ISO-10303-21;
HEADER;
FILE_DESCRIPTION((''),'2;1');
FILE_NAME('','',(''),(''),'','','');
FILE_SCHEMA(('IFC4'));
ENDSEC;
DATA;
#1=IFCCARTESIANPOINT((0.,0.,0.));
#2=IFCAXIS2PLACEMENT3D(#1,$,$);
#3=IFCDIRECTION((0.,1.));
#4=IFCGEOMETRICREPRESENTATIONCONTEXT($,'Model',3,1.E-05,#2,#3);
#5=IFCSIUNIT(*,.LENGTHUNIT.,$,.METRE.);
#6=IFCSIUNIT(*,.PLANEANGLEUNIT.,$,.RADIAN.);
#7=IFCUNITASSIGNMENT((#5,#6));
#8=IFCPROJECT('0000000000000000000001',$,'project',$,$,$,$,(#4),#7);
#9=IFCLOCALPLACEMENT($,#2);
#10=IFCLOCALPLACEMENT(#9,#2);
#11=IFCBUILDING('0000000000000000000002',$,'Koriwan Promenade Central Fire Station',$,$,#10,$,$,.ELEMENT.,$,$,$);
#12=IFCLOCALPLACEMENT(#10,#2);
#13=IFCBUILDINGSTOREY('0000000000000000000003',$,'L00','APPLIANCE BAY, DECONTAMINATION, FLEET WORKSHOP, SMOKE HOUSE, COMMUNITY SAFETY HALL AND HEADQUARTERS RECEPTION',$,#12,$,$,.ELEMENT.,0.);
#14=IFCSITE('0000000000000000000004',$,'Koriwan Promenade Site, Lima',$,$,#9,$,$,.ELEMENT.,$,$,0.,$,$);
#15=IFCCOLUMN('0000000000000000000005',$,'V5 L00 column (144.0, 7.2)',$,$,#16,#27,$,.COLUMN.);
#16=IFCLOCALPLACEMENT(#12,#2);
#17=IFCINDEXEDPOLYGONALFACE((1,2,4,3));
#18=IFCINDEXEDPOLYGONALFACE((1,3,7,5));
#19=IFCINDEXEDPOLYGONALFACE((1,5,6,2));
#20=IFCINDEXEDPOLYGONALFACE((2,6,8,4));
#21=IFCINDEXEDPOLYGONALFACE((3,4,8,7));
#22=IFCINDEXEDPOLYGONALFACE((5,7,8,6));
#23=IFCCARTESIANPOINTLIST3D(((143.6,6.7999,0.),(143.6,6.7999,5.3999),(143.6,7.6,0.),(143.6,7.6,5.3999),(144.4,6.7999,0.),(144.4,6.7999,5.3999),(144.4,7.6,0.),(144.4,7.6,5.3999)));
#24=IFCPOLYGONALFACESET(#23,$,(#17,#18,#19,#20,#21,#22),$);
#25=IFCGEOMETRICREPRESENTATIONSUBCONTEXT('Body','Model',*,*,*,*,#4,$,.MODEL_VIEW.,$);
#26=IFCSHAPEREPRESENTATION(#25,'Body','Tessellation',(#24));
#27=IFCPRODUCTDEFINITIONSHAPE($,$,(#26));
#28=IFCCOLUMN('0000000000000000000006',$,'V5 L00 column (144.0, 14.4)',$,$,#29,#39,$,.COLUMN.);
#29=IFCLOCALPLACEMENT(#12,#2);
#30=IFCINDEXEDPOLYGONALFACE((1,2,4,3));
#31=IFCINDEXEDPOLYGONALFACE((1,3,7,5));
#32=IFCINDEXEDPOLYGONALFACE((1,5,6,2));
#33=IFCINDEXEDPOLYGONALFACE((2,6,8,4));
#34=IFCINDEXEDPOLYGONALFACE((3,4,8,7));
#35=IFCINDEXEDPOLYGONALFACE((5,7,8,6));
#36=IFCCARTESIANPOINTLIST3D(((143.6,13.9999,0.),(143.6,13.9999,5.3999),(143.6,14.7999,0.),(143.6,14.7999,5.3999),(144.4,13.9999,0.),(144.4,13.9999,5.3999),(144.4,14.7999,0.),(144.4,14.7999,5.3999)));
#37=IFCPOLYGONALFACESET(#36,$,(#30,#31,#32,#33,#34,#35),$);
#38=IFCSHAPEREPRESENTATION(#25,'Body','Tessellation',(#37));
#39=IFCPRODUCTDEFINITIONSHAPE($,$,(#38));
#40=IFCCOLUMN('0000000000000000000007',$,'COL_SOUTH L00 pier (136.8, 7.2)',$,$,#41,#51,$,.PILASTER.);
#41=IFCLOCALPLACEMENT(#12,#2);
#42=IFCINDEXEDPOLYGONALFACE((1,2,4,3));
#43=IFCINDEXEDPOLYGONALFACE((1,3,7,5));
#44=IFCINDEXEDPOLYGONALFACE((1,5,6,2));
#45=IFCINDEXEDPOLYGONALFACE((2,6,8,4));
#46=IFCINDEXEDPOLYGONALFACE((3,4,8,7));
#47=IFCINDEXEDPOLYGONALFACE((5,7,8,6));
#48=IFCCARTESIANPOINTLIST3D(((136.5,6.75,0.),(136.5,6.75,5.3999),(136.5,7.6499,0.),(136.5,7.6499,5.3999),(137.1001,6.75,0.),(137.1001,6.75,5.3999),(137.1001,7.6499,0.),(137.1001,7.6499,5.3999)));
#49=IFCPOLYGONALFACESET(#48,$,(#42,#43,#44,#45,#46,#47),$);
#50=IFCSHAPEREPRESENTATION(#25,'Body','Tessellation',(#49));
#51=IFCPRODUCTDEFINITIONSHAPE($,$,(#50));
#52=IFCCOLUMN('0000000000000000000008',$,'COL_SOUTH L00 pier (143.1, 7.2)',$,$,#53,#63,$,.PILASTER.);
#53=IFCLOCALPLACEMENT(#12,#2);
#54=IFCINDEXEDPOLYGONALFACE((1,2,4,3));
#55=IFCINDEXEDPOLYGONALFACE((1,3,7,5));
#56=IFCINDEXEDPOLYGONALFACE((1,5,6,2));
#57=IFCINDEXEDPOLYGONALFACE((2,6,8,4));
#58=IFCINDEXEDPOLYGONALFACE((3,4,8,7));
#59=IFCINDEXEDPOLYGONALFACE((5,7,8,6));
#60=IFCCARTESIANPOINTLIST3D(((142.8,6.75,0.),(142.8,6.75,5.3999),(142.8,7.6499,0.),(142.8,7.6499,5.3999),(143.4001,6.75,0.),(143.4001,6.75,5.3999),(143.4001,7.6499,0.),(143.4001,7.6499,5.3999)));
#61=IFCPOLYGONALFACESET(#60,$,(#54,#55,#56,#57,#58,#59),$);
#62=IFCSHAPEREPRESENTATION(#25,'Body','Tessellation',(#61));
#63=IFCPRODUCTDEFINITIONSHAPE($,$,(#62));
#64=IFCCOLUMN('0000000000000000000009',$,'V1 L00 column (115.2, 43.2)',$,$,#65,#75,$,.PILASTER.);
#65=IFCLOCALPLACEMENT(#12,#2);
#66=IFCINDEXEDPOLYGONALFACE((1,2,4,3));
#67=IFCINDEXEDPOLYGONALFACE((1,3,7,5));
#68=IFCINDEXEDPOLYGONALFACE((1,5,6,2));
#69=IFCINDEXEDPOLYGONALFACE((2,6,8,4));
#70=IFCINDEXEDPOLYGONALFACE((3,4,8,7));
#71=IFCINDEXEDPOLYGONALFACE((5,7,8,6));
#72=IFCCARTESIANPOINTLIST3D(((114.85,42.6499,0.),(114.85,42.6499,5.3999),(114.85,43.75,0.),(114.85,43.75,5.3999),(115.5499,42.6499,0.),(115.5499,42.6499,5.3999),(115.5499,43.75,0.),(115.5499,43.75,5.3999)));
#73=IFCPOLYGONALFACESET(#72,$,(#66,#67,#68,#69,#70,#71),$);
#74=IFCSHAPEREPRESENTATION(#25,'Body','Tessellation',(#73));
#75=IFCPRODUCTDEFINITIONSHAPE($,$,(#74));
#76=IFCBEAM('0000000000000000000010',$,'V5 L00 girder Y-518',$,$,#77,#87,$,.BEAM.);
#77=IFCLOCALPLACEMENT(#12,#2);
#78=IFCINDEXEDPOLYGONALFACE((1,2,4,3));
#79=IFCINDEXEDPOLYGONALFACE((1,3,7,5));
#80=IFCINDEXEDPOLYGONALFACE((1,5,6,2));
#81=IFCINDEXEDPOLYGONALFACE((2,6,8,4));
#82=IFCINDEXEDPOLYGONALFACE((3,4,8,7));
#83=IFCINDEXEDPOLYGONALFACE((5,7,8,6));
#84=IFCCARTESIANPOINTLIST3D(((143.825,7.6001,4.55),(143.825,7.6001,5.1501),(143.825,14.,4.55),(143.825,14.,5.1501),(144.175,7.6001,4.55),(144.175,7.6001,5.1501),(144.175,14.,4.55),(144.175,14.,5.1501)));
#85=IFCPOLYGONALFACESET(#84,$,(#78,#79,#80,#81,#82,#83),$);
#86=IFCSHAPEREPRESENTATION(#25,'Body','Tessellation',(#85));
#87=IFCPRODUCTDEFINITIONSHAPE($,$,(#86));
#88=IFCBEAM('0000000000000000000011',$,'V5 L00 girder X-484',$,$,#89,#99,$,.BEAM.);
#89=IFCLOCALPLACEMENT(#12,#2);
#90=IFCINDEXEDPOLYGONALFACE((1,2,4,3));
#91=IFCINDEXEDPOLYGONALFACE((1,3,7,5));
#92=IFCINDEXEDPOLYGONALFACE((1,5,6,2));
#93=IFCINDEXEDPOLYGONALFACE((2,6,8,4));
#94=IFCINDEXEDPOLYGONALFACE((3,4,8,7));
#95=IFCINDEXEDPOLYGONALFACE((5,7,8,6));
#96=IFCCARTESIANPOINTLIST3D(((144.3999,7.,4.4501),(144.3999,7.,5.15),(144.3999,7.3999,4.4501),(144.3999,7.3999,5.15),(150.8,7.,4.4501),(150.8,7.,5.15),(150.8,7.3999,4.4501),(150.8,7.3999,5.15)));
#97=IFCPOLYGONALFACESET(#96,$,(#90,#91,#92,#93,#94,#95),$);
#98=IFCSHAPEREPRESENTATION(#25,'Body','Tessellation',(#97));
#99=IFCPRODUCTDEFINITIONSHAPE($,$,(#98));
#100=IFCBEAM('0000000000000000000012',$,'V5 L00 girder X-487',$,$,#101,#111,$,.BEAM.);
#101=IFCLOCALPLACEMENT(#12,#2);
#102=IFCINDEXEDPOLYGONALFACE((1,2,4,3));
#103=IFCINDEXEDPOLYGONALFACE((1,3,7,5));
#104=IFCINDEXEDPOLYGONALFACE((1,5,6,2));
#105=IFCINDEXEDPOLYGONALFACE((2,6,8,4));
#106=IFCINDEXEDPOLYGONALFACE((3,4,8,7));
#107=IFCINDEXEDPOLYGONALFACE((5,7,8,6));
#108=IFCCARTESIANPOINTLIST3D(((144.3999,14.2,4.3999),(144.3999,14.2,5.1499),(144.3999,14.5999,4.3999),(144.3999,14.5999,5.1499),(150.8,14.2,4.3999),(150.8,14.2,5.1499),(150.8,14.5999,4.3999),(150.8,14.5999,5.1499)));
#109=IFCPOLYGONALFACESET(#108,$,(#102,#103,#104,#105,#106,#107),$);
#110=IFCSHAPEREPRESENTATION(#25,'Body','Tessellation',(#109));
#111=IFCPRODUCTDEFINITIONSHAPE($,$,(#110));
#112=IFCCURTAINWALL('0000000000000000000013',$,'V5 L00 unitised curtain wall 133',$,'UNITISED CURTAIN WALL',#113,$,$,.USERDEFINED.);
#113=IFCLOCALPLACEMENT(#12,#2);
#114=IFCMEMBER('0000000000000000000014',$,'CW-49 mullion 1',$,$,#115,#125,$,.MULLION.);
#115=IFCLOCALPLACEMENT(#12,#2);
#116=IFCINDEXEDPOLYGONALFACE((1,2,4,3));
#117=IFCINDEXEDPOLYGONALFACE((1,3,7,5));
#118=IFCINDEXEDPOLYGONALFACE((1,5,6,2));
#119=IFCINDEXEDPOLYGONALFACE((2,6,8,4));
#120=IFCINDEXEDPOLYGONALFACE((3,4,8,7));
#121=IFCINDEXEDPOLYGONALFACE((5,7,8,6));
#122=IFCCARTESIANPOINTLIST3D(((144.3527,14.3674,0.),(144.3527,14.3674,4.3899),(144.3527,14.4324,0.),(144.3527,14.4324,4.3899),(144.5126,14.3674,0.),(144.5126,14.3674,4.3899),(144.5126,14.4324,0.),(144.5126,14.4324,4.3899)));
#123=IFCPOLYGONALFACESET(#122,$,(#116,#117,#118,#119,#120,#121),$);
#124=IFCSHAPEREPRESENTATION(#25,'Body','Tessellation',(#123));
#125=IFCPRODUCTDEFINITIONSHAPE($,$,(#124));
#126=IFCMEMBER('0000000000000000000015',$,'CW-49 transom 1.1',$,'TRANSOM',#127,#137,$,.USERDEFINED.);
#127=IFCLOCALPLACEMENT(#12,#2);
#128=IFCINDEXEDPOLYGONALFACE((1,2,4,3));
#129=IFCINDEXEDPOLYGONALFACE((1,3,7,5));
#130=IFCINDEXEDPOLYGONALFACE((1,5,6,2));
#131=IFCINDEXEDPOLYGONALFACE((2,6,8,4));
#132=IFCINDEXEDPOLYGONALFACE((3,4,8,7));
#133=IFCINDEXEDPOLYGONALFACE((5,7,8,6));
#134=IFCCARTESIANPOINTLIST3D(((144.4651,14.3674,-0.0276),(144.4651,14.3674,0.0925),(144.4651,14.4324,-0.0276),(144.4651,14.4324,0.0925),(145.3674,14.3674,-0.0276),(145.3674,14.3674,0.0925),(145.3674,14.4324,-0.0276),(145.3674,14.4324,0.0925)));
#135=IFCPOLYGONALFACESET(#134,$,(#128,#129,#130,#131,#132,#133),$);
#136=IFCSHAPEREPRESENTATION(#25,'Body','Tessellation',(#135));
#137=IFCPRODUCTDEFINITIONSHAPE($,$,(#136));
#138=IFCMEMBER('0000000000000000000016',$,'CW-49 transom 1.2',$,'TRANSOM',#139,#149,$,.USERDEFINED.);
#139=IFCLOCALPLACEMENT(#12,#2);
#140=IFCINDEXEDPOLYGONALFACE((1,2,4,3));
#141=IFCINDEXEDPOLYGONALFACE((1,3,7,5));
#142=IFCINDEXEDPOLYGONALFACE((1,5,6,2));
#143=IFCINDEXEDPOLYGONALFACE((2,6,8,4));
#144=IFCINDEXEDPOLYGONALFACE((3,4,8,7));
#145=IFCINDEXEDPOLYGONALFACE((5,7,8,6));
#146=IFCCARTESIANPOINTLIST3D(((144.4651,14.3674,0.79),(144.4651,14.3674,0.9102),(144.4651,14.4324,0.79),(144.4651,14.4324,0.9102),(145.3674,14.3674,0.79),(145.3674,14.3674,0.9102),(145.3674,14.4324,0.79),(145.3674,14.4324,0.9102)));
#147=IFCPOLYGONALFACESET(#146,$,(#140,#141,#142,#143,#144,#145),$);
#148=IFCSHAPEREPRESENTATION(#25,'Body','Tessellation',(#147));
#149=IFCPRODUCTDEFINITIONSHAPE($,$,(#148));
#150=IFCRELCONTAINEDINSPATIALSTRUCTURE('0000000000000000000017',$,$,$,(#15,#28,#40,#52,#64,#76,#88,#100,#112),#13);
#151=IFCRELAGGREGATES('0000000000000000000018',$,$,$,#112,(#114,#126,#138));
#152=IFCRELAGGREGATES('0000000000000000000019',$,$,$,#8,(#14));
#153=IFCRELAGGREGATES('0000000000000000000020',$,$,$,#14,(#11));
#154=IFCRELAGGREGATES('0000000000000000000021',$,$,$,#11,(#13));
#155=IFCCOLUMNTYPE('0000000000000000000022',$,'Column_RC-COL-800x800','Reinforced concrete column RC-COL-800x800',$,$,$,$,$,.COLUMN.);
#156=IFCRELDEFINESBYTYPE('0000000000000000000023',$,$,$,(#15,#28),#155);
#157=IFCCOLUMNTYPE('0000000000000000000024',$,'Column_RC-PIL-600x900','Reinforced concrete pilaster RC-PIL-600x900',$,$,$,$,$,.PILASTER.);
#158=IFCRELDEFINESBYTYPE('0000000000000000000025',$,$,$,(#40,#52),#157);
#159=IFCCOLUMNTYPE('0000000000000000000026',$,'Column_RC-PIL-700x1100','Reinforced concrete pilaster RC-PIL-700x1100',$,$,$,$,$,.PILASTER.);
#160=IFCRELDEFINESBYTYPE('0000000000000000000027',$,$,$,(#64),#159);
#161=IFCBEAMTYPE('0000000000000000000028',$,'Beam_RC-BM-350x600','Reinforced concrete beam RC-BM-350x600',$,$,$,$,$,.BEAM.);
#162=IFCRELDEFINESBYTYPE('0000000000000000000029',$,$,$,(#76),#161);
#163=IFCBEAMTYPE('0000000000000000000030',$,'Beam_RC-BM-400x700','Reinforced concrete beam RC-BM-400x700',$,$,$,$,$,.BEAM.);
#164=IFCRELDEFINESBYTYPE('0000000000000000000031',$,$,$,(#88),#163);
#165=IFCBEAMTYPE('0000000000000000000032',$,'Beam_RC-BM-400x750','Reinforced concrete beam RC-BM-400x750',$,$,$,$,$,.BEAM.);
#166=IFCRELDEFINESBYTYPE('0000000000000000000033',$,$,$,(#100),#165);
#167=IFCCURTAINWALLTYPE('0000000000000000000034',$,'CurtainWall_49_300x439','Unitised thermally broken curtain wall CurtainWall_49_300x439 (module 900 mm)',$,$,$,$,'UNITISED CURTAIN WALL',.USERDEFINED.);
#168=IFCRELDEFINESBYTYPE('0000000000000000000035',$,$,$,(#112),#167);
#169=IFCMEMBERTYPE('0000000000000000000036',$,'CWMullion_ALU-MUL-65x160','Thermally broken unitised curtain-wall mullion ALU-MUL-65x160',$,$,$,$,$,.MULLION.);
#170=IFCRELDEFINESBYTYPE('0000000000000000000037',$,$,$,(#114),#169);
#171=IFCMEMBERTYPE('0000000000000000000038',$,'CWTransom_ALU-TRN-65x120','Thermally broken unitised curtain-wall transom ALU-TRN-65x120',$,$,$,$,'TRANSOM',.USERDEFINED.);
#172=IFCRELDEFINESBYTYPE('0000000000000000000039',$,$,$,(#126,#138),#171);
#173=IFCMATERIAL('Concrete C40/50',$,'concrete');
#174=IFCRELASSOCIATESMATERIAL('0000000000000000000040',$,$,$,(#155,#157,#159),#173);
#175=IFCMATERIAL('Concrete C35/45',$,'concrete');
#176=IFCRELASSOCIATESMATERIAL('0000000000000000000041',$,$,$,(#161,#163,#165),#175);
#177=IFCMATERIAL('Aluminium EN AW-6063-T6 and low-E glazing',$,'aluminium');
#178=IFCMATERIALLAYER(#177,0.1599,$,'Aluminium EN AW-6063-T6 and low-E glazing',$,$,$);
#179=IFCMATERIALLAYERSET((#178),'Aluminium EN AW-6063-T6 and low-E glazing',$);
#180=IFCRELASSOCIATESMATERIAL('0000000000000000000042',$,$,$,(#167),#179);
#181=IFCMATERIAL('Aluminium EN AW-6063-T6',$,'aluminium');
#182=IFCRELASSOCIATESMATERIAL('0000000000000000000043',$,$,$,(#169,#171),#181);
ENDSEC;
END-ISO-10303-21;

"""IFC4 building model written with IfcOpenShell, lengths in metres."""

from ifc_helpers import new_model, si_unit, direction, frame, origin, origin_2d, place, context, subcontext, project, spatial, rectangle, extrude, material, layer, layer_set, material_profile, profile_set, type_object, element, aggregate, save


model = new_model("IFC4")

# Units and contexts
model_context = context("Model", 3, precision=1e-05, world=origin(), true_north=direction((0.0, 1.0)))
body_context = subcontext(model_context, "Body", "Model", "MODEL_VIEW")
ifc_project = project(units=[si_unit("LENGTHUNIT", "METRE"), si_unit("PLANEANGLEUNIT", "RADIAN")], contexts=[model_context])

# Site, building, storey
site_placement = place(None, origin())
site = spatial("IfcSite", under=ifc_project, at=site_placement, Name="Koriwan Promenade Site, Lima", CompositionType="ELEMENT", RefElevation=0.0)
building_placement = place(site_placement, origin())
building = spatial("IfcBuilding", under=site, at=building_placement, Name="Koriwan Promenade Central Fire Station", CompositionType="ELEMENT")
storey_placement = place(building_placement, origin())
storey = spatial("IfcBuildingStorey", under=building, at=storey_placement, Name="L00", Description="APPLIANCE BAY, DECONTAMINATION, FLEET WORKSHOP, SMOKE HOUSE, COMMUNITY SAFETY HALL AND HEADQUARTERS RECEPTION", CompositionType="ELEMENT", Elevation=0.0)

# Shared definitions
ifc_material_1 = material(Name="Concrete C35/45", Category="concrete")

# Columns
ifc_material_2 = material(Name="Concrete C40/50", Category="concrete")
ifc_material_profile_1 = material_profile(ifc_material_2, rectangle(XDim=0.8, YDim=0.8, at=origin_2d()), Name="RC-COL-800x800")
ifc_profile_set_1 = profile_set([ifc_material_profile_1], Name="Concrete C40/50")
column_type_1 = type_object("IfcColumnType", Name="Column_RC-COL-800x800", Description="Reinforced concrete column RC-COL-800x800", PredefinedType="COLUMN", material=ifc_profile_set_1)
for number, where, z_axis, x_axis, name in (
    (1, (144.0, 7.2, 0.0), (0.0, 0.0, 1.0), (1.0, 0.0, 0.0), "V5 L00 column (144.0, 7.2)"),
    (2, (144.0, 14.3999, 0.0), (0.0, 0.0, 1.0), (1.0, 0.0, 0.0), "V5 L00 column (144.0, 14.4)"),
):
    element("IfcColumn", number, at=place(storey_placement, frame(where, z_axis=z_axis, x_axis=x_axis)), inside=storey, type_object=column_type_1, Name=name, PredefinedType="COLUMN", context=body_context, shape_type="SweptSolid", body=[
        extrude(rectangle(XDim=0.8, YDim=0.8, at=origin_2d()), origin(), (0.0, 0.0, 1.0), 5.3999),
    ])
ifc_material_profile_2 = material_profile(ifc_material_2, rectangle(XDim=0.6001, YDim=0.8999, at=origin_2d()), Name="RC-PIL-600x900")
ifc_profile_set_2 = profile_set([ifc_material_profile_2], Name="Concrete C40/50")
column_type_2 = type_object("IfcColumnType", Name="Column_RC-PIL-600x900", Description="Reinforced concrete pilaster RC-PIL-600x900", PredefinedType="PILASTER", material=ifc_profile_set_2)
for number, where, z_axis, x_axis, name in (
    (3, (136.8, 7.2, 0.0), (0.0, 0.0, 1.0), (1.0, 0.0, 0.0), "COL_SOUTH L00 pier (136.8, 7.2)"),
    (4, (143.1001, 7.2, 0.0), (0.0, 0.0, 1.0), (1.0, 0.0, 0.0), "COL_SOUTH L00 pier (143.1, 7.2)"),
):
    element("IfcColumn", number, at=place(storey_placement, frame(where, z_axis=z_axis, x_axis=x_axis)), inside=storey, type_object=column_type_2, Name=name, PredefinedType="PILASTER", context=body_context, shape_type="SweptSolid", body=[
        extrude(rectangle(XDim=0.6001, YDim=0.8999, at=origin_2d()), origin(), (0.0, 0.0, 1.0), 5.3999),
    ])
ifc_material_profile_3 = material_profile(ifc_material_2, rectangle(XDim=0.7, YDim=1.1001, at=origin_2d()), Name="RC-PIL-700x1100")
ifc_profile_set_3 = profile_set([ifc_material_profile_3], Name="Concrete C40/50")
column_type_3 = type_object("IfcColumnType", Name="Column_RC-PIL-700x1100", Description="Reinforced concrete pilaster RC-PIL-700x1100", PredefinedType="PILASTER", material=ifc_profile_set_3)
column_placement = place(storey_placement, frame((115.2, 43.2, 0.0), z_axis=(0.0, 0.0, 1.0), x_axis=(1.0, 0.0, 0.0)))
element("IfcColumn", 5, at=column_placement, inside=storey, type_object=column_type_3, Name="V1 L00 column (115.2, 43.2)", PredefinedType="PILASTER", context=body_context, shape_type="SweptSolid", body=[
    extrude(rectangle(XDim=0.7, YDim=1.1001, at=origin_2d()), origin(), (0.0, 0.0, 1.0), 5.3999),
])

# Beams
ifc_material_profile_4 = material_profile(ifc_material_1, rectangle(XDim=0.3501, YDim=0.6001, at=origin_2d()), Name="RC-BM-350x600")
ifc_profile_set_4 = profile_set([ifc_material_profile_4], Name="Concrete C35/45")
beam_type_1 = type_object("IfcBeamType", Name="Beam_RC-BM-350x600", Description="Reinforced concrete beam RC-BM-350x600", PredefinedType="BEAM", material=ifc_profile_set_4)
beam_1_placement = place(storey_placement, frame((144.0, 7.6001, 4.8501), z_axis=(0.0, 1.0, 0.0), x_axis=(-1.0, 0.0, 0.0)))
element("IfcBeam", 6, at=beam_1_placement, inside=storey, type_object=beam_type_1, Name="V5 L00 girder Y-518", PredefinedType="BEAM", context=body_context, shape_type="SweptSolid", body=[
    extrude(rectangle(XDim=0.3501, YDim=0.6001, at=origin_2d()), origin(), (0.0, 0.0, 1.0), 6.3999),
])
ifc_material_profile_5 = material_profile(ifc_material_1, rectangle(XDim=0.3999, YDim=0.7, at=origin_2d()), Name="RC-BM-400x700")
ifc_profile_set_5 = profile_set([ifc_material_profile_5], Name="Concrete C35/45")
beam_type_2 = type_object("IfcBeamType", Name="Beam_RC-BM-400x700", Description="Reinforced concrete beam RC-BM-400x700", PredefinedType="BEAM", material=ifc_profile_set_5)
beam_2_placement = place(storey_placement, frame((144.3999, 7.2, 4.8), z_axis=(1.0, 0.0, 0.0), x_axis=(0.0, 1.0, 0.0)))
element("IfcBeam", 7, at=beam_2_placement, inside=storey, type_object=beam_type_2, Name="V5 L00 girder X-484", PredefinedType="BEAM", context=body_context, shape_type="SweptSolid", body=[
    extrude(rectangle(XDim=0.3999, YDim=0.7, at=origin_2d()), origin(), (0.0, 0.0, 1.0), 6.4001),
])
ifc_material_profile_6 = material_profile(ifc_material_1, rectangle(XDim=0.3999, YDim=0.75, at=origin_2d()), Name="RC-BM-400x750")
ifc_profile_set_6 = profile_set([ifc_material_profile_6], Name="Concrete C35/45")
beam_type_3 = type_object("IfcBeamType", Name="Beam_RC-BM-400x750", Description="Reinforced concrete beam RC-BM-400x750", PredefinedType="BEAM", material=ifc_profile_set_6)
beam_3_placement = place(storey_placement, frame((144.3999, 14.3999, 4.7749), z_axis=(1.0, 0.0, 0.0), x_axis=(0.0, 1.0, 0.0)))
element("IfcBeam", 8, at=beam_3_placement, inside=storey, type_object=beam_type_3, Name="V5 L00 girder X-487", PredefinedType="BEAM", context=body_context, shape_type="SweptSolid", body=[
    extrude(rectangle(XDim=0.3999, YDim=0.75, at=origin_2d()), origin(), (0.0, 0.0, 1.0), 6.4001),
])

# Curtain wall, members
ifc_material_3 = material(Name="Aluminium EN AW-6063-T6 and low-E glazing", Category="aluminium")
ifc_layer_1 = layer(ifc_material_3, 0.1599, Name="Aluminium EN AW-6063-T6 and low-E glazing")
ifc_layer_set_1 = layer_set([ifc_layer_1], Name="Aluminium EN AW-6063-T6 and low-E glazing")
curtain_wall_type = type_object("IfcCurtainWallType", Name="CurtainWall_49_300x439", Description="Unitised thermally broken curtain wall CurtainWall_49_300x439 (module 900 mm)", ElementType="UNITISED CURTAIN WALL", PredefinedType="USERDEFINED", material=ifc_layer_set_1)
curtain_wall_placement = place(storey_placement, origin())
curtain_wall = element("IfcCurtainWall", 9, at=curtain_wall_placement, inside=storey, type_object=curtain_wall_type, Name="V5 L00 unitised curtain wall 133", ObjectType="UNITISED CURTAIN WALL", PredefinedType="USERDEFINED")
ifc_material_4 = material(Name="Aluminium EN AW-6063-T6", Category="aluminium")
ifc_material_profile_7 = material_profile(ifc_material_4, rectangle(XDim=0.0649, YDim=0.1599, at=origin_2d()), Name="ALU-MUL-65x160")
ifc_profile_set_7 = profile_set([ifc_material_profile_7], Name="Aluminium EN AW-6063-T6")
member_type_1 = type_object("IfcMemberType", Name="CWMullion_ALU-MUL-65x160", Description="Thermally broken unitised curtain-wall mullion ALU-MUL-65x160", PredefinedType="MULLION", material=ifc_profile_set_7)
member_1_placement = place(storey_placement, frame((144.4326, 14.3999, 0.0), z_axis=(0.0, 0.0, 1.0), x_axis=(0.0, 1.0, 0.0)))
member_1 = element("IfcMember", 10, at=member_1_placement, type_object=member_type_1, Name="CW-49 mullion 1", PredefinedType="MULLION", context=body_context, shape_type="SweptSolid", body=[
    extrude(rectangle(XDim=0.0649, YDim=0.1599, at=origin_2d()), origin(), (0.0, 0.0, 1.0), 4.3899),
])
ifc_material_profile_8 = material_profile(ifc_material_4, rectangle(XDim=0.0649, YDim=0.1201, at=origin_2d()), Name="ALU-TRN-65x120")
ifc_profile_set_8 = profile_set([ifc_material_profile_8], Name="Aluminium EN AW-6063-T6")
member_type_2 = type_object("IfcMemberType", Name="CWTransom_ALU-TRN-65x120", Description="Thermally broken unitised curtain-wall transom ALU-TRN-65x120", ElementType="TRANSOM", PredefinedType="USERDEFINED", material=ifc_profile_set_8)
member_2_placement = place(storey_placement, frame((144.4651, 14.3999, 0.0325), z_axis=(1.0, 0.0, 0.0), x_axis=(0.0, 1.0, 0.0)))
member_2 = element("IfcMember", 11, at=member_2_placement, type_object=member_type_2, Name="CW-49 transom 1.1", ObjectType="TRANSOM", PredefinedType="USERDEFINED", context=body_context, shape_type="SweptSolid", body=[
    extrude(rectangle(XDim=0.0649, YDim=0.1201, at=origin_2d()), origin(), (0.0, 0.0, 1.0), 0.9023),
])
member_3_placement = place(storey_placement, frame((144.4651, 14.3999, 0.8501), z_axis=(1.0, 0.0, 0.0), x_axis=(0.0, 1.0, 0.0)))
member_3 = element("IfcMember", 12, at=member_3_placement, type_object=member_type_2, Name="CW-49 transom 1.2", ObjectType="TRANSOM", PredefinedType="USERDEFINED", context=body_context, shape_type="SweptSolid", body=[
    extrude(rectangle(XDim=0.0649, YDim=0.1201, at=origin_2d()), origin(), (0.0, 0.0, 1.0), 0.9023),
])
aggregate(curtain_wall, [member_1, member_2, member_3])

save(model, "model.ifc")
